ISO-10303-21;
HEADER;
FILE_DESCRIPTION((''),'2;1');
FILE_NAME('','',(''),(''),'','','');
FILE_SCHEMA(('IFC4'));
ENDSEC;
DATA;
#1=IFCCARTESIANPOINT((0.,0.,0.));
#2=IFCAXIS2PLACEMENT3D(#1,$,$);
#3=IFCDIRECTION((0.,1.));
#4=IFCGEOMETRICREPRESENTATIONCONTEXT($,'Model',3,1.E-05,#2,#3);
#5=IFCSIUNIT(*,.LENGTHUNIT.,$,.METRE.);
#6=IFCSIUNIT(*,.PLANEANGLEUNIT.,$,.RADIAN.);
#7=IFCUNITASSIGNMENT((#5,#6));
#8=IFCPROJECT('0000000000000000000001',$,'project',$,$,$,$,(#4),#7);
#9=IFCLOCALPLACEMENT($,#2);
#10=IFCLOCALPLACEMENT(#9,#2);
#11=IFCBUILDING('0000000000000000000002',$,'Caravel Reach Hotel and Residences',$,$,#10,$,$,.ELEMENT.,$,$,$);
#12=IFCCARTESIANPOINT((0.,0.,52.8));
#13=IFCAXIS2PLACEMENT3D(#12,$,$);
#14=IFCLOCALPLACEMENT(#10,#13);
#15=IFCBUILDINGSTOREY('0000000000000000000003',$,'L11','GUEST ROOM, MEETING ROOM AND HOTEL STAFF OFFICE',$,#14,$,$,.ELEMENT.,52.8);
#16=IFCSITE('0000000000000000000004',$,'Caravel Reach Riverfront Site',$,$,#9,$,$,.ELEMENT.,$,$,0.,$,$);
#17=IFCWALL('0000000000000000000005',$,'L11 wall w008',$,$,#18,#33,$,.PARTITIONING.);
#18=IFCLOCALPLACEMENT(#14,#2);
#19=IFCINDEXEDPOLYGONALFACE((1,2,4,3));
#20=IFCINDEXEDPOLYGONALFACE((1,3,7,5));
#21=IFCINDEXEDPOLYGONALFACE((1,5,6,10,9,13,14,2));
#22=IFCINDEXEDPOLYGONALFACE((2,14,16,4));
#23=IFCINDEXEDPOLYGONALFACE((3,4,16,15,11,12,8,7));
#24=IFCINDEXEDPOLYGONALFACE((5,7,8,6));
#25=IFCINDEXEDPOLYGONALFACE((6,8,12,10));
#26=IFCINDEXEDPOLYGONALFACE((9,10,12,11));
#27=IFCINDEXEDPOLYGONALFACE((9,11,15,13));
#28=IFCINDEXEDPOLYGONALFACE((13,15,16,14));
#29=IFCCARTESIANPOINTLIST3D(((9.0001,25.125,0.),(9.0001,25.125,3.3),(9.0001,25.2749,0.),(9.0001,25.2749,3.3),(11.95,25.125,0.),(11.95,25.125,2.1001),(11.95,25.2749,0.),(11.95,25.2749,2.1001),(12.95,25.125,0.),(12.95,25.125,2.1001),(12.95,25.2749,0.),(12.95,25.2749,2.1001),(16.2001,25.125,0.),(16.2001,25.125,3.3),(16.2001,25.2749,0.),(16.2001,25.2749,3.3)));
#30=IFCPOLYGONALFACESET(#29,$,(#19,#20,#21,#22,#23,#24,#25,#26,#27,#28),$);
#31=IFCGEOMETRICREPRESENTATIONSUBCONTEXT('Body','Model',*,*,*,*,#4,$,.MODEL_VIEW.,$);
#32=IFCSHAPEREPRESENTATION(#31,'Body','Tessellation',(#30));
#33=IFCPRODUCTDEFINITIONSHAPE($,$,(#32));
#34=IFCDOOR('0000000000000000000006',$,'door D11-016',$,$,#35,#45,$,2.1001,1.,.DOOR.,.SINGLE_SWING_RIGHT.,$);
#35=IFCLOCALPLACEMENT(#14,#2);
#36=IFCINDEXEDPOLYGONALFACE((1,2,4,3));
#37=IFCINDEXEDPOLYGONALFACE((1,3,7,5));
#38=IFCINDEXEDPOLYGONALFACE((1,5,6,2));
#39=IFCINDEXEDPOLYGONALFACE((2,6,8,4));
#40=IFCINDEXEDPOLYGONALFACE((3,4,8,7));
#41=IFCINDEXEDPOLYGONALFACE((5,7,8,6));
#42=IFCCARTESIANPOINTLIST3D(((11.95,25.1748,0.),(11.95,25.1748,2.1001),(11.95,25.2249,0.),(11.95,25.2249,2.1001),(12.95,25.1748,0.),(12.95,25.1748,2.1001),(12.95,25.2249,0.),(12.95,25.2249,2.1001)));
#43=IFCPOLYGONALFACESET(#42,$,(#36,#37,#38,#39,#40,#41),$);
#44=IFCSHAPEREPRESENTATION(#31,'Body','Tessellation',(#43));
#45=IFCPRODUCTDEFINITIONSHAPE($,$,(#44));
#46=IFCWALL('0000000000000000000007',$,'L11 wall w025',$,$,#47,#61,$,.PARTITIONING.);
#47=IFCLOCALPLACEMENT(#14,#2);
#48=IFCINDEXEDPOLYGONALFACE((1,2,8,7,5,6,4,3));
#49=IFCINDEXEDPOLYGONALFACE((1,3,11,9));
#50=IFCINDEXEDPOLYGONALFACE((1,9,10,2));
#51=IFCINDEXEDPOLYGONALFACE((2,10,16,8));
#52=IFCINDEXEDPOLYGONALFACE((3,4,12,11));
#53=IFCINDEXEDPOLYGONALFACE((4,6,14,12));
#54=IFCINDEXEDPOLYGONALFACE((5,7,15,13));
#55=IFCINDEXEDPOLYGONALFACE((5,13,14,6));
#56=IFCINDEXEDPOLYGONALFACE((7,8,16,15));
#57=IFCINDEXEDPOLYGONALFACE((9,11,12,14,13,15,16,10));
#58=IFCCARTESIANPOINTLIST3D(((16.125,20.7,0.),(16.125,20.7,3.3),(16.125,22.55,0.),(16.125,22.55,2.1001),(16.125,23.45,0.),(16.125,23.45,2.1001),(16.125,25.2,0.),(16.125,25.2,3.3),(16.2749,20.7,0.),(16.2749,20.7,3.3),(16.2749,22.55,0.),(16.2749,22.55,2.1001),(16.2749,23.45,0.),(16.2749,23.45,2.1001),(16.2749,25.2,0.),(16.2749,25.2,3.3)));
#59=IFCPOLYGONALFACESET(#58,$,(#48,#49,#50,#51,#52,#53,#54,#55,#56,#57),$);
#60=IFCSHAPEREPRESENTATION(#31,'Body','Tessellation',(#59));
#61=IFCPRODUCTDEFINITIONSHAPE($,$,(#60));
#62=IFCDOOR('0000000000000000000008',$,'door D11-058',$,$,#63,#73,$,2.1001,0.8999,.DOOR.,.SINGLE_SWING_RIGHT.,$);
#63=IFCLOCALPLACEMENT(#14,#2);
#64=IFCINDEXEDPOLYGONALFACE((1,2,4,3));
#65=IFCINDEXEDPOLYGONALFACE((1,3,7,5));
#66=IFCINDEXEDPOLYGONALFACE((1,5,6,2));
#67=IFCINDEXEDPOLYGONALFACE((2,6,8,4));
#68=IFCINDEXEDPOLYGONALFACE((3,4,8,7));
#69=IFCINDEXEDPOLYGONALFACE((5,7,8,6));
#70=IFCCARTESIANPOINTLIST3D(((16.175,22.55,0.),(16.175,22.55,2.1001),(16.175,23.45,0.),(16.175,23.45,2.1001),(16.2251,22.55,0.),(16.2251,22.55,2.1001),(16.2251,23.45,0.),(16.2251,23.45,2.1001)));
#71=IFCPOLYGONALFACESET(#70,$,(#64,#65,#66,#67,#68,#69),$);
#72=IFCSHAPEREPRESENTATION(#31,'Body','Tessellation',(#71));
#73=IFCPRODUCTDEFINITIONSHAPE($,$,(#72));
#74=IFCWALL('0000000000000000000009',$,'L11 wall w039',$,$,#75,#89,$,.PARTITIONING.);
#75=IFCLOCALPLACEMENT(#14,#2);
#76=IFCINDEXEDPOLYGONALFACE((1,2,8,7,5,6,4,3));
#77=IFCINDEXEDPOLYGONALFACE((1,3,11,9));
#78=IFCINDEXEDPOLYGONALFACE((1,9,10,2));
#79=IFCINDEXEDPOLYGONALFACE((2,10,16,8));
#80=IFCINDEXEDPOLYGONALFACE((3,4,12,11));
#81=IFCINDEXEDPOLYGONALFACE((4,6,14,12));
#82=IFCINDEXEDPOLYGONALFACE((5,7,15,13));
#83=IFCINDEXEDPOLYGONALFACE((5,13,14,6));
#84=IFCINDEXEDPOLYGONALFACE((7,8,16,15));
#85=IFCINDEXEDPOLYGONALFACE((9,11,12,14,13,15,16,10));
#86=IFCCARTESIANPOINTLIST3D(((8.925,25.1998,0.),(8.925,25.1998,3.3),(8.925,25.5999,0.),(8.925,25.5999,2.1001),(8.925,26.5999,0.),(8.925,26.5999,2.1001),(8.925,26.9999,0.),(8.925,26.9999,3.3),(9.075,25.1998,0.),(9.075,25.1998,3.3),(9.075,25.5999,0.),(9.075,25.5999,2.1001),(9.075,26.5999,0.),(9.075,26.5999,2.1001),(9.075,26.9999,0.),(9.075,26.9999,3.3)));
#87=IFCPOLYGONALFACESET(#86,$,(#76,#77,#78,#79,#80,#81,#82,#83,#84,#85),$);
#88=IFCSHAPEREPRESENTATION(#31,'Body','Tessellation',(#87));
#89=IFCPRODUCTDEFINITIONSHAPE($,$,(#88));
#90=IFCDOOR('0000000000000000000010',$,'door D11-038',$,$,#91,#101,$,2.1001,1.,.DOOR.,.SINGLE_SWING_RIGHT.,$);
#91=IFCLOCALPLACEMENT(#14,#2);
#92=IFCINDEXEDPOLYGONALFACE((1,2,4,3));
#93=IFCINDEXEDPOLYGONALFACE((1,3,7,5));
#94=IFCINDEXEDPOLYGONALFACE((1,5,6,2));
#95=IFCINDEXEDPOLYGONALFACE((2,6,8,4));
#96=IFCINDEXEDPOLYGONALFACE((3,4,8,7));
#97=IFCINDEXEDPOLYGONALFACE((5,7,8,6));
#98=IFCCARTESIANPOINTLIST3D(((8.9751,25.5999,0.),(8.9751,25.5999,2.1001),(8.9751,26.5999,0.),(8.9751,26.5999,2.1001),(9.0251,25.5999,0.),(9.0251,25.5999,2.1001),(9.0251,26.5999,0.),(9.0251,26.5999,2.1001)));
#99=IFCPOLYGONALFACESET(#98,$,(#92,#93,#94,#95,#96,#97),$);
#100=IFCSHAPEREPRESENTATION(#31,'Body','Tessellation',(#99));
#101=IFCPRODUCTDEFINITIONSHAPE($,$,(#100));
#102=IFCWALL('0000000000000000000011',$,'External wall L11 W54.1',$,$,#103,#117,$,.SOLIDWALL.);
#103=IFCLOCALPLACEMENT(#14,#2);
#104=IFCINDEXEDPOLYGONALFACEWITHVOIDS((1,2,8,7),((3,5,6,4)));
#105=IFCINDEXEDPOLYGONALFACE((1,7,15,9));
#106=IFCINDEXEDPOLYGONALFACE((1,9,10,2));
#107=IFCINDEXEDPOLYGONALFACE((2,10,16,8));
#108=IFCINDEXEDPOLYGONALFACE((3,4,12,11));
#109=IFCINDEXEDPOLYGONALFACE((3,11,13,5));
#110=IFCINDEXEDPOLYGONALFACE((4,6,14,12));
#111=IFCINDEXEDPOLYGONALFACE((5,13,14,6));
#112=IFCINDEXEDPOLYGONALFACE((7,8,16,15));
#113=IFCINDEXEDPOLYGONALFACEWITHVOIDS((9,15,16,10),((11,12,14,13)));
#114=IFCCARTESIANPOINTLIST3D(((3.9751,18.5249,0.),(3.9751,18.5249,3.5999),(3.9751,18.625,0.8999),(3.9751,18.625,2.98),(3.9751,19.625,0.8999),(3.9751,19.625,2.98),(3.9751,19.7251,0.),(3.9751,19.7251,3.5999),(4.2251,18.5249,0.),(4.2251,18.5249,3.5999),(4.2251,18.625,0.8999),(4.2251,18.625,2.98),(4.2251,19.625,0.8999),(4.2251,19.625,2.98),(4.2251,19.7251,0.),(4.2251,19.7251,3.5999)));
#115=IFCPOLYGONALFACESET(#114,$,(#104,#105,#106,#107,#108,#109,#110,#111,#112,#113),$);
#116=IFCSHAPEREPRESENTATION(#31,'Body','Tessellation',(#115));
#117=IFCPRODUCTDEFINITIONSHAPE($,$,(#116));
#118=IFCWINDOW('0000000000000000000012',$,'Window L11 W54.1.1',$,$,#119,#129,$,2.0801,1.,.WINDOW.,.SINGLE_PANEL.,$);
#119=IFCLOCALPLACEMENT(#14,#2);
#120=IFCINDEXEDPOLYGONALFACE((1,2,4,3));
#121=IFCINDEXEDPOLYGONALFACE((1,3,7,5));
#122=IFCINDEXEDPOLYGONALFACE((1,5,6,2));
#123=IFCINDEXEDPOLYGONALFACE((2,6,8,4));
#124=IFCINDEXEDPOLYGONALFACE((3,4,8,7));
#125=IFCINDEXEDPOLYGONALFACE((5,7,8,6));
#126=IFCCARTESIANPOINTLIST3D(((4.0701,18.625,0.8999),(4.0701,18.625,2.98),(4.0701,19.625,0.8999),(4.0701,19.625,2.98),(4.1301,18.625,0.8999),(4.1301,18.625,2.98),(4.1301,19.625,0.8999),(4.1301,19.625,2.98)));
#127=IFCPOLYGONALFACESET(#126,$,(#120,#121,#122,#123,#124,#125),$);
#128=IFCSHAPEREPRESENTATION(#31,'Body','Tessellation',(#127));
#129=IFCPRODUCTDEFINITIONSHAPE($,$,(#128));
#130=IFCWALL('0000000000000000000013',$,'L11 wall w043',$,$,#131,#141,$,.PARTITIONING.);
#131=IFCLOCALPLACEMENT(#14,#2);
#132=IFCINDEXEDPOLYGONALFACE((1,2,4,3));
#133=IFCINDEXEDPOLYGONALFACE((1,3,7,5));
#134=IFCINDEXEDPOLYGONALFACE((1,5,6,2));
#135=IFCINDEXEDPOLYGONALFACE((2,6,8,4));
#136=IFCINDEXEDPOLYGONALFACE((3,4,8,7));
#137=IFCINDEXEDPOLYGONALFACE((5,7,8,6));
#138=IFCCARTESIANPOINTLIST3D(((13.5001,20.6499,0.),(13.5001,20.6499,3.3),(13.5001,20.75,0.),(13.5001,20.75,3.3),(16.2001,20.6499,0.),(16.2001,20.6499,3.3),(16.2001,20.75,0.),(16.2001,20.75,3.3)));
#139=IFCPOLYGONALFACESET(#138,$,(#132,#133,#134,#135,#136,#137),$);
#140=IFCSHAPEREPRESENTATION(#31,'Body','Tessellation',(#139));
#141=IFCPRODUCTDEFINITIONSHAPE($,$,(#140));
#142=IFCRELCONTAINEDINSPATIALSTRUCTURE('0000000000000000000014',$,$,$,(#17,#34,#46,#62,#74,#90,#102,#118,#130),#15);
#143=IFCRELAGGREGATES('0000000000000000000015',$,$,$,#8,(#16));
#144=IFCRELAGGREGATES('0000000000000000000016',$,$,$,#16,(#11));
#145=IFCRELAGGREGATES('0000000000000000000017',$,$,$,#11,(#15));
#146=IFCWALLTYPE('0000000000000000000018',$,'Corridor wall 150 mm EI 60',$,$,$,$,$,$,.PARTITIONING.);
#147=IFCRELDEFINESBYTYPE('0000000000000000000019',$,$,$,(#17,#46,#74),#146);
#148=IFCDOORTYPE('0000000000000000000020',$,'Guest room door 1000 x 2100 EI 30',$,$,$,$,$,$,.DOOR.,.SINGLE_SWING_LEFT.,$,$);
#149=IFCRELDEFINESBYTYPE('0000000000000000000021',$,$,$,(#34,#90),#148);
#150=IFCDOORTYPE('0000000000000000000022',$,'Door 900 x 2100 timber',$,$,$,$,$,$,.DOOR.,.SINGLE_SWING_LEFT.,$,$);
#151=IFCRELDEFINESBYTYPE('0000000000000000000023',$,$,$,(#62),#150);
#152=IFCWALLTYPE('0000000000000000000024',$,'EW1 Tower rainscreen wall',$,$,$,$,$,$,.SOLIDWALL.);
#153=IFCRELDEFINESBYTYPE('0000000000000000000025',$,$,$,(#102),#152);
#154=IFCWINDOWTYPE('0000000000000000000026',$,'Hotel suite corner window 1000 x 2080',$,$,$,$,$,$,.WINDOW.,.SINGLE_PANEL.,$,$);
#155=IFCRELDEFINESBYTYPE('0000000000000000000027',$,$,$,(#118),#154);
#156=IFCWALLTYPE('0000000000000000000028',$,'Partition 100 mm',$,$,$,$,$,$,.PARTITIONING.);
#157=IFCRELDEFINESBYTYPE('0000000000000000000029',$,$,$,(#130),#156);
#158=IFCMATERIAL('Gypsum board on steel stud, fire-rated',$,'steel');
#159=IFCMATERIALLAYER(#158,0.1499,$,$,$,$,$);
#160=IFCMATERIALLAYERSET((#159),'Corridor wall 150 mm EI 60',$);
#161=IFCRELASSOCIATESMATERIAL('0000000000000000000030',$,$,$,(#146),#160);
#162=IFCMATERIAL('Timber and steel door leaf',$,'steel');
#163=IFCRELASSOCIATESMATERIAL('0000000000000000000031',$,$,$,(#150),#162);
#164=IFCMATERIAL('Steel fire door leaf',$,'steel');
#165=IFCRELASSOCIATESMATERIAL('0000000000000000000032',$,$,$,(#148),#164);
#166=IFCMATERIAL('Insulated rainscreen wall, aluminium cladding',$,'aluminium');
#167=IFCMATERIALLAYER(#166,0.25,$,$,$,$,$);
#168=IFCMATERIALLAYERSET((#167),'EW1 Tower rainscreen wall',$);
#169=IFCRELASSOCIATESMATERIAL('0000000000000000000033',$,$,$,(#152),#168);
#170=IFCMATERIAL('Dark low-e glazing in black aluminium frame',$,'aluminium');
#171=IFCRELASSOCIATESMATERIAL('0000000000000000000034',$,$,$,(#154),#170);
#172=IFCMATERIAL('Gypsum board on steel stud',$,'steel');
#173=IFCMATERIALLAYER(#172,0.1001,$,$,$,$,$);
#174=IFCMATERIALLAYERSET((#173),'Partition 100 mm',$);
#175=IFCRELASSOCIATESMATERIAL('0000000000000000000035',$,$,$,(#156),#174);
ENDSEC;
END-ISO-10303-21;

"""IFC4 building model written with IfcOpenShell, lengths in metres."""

from ifc_helpers import new_model, si_unit, direction, frame, frame_2d, origin, place, context, subcontext, project, spatial, rectangle, extrude, material, layer, layer_set, type_object, element, fill, save


model = new_model("IFC4")

# Units and contexts
model_context = context("Model", 3, precision=1e-05, world=origin(), true_north=direction((0.0, 1.0)))
body_context = subcontext(model_context, "Body", "Model", "MODEL_VIEW")
ifc_project = project(units=[si_unit("LENGTHUNIT", "METRE"), si_unit("PLANEANGLEUNIT", "RADIAN")], contexts=[model_context])

# Site, building, storey
site_placement = place(None, origin())
site = spatial("IfcSite", under=ifc_project, at=site_placement, Name="Caravel Reach Riverfront Site", CompositionType="ELEMENT", RefElevation=0.0)
building_placement = place(site_placement, origin())
building = spatial("IfcBuilding", under=site, at=building_placement, Name="Caravel Reach Hotel and Residences", CompositionType="ELEMENT")
storey_placement = place(building_placement, frame((0.0, 0.0, 52.8)))
storey = spatial("IfcBuildingStorey", under=building, at=storey_placement, Name="L11", Description="GUEST ROOM, MEETING ROOM AND HOTEL STAFF OFFICE", CompositionType="ELEMENT", Elevation=52.8)

# Shared definitions
ifc_material_1 = material(Name="Gypsum board on steel stud, fire-rated", Category="steel")
ifc_layer_1 = layer(ifc_material_1, 0.1499)
ifc_layer_set_1 = layer_set([ifc_layer_1], Name="Corridor wall 150 mm EI 60")
wall_type_1 = type_object("IfcWallType", Name="Corridor wall 150 mm EI 60", PredefinedType="PARTITIONING", material=ifc_layer_set_1)
ifc_material_2 = material(Name="Timber and steel door leaf", Category="steel")
door_type_1 = type_object("IfcDoorType", Name="Door 900 x 2100 timber", OperationType="SINGLE_SWING_LEFT", PredefinedType="DOOR", material=ifc_material_2)
ifc_material_3 = material(Name="Steel fire door leaf", Category="steel")
door_type_2 = type_object("IfcDoorType", Name="Guest room door 1000 x 2100 EI 30", OperationType="SINGLE_SWING_LEFT", PredefinedType="DOOR", material=ifc_material_3)

# Walls, openings, doors
wall_1_placement = place(storey_placement, frame((9.0, 25.2, 0.0), z_axis=(0.0, 0.0, 1.0), x_axis=(1.0, 0.0, 0.0)))
wall_1 = element("IfcWall", 1, at=wall_1_placement, inside=storey, type_object=wall_type_1, Name="L11 wall w008", PredefinedType="PARTITIONING", context=body_context, shape_type="SweptSolid", body=[
    extrude(rectangle(XDim=7.2, YDim=0.1499, at=frame_2d((3.6001, 0.0))), origin(), (0.0, 0.0, 1.0), 3.3),
])
opening_1_placement = place(wall_1_placement, frame((2.95, 0.0, 0.0)))
opening_1 = element("IfcOpeningElement", 2, at=opening_1_placement, cuts=wall_1, PredefinedType="OPENING", context=body_context, shape_type="SweptSolid", body=[
    extrude(rectangle(XDim=1.0, YDim=2.1001, at=frame_2d((0.5, 1.05))), frame((0.0, 0.085, 0.0), z_axis=(0.0, -1.0, 0.0), x_axis=(1.0, 0.0, 0.0)), (0.0, 0.0, 1.0), 0.1699),
])
door_1_placement = place(opening_1_placement, origin())
door_1 = element("IfcDoor", 3, at=door_1_placement, inside=storey, type_object=door_type_2, Name="door D11-016", OperationType="SINGLE_SWING_RIGHT", OverallHeight=2.1001, OverallWidth=1.0, PredefinedType="DOOR", context=body_context, shape_type="SweptSolid", body=[
    extrude(rectangle(XDim=1.0, YDim=2.1001, at=frame_2d((0.5, 1.05))), frame((0.0, 0.0249, 0.0), z_axis=(0.0, -1.0, 0.0), x_axis=(1.0, 0.0, 0.0)), (0.0, 0.0, 1.0), 0.05),
])
fill(opening_1, door_1)
wall_2_placement = place(storey_placement, frame((16.2, 20.7, 0.0), z_axis=(0.0, 0.0, 1.0), x_axis=(0.0, 1.0, 0.0)))
wall_2 = element("IfcWall", 4, at=wall_2_placement, inside=storey, type_object=wall_type_1, Name="L11 wall w025", PredefinedType="PARTITIONING", context=body_context, shape_type="SweptSolid", body=[
    extrude(rectangle(XDim=4.5, YDim=0.1499, at=frame_2d((2.25, 0.0))), origin(), (0.0, 0.0, 1.0), 3.3),
])
opening_2_placement = place(wall_2_placement, frame((1.8501, 0.0, 0.0)))
opening_2 = element("IfcOpeningElement", 5, at=opening_2_placement, cuts=wall_2, PredefinedType="OPENING", context=body_context, shape_type="SweptSolid", body=[
    extrude(rectangle(XDim=0.8999, YDim=2.1001, at=frame_2d((0.45, 1.05))), frame((0.0, 0.085, 0.0), z_axis=(0.0, -1.0, 0.0), x_axis=(1.0, 0.0, 0.0)), (0.0, 0.0, 1.0), 0.1699),
])
door_2_placement = place(opening_2_placement, origin())
door_2 = element("IfcDoor", 6, at=door_2_placement, inside=storey, type_object=door_type_1, Name="door D11-058", OperationType="SINGLE_SWING_RIGHT", OverallHeight=2.1001, OverallWidth=0.8999, PredefinedType="DOOR", context=body_context, shape_type="SweptSolid", body=[
    extrude(rectangle(XDim=0.8999, YDim=2.1001, at=frame_2d((0.45, 1.05))), frame((0.0, 0.0249, 0.0), z_axis=(0.0, -1.0, 0.0), x_axis=(1.0, 0.0, 0.0)), (0.0, 0.0, 1.0), 0.05),
])
fill(opening_2, door_2)
wall_3_placement = place(storey_placement, frame((9.0, 25.2, 0.0), z_axis=(0.0, 0.0, 1.0), x_axis=(0.0, 1.0, 0.0)))
wall_3 = element("IfcWall", 7, at=wall_3_placement, inside=storey, type_object=wall_type_1, Name="L11 wall w039", PredefinedType="PARTITIONING", context=body_context, shape_type="SweptSolid", body=[
    extrude(rectangle(XDim=1.8, YDim=0.1499, at=frame_2d((0.8999, 0.0))), origin(), (0.0, 0.0, 1.0), 3.3),
])
opening_3_placement = place(wall_3_placement, frame((0.3999, 0.0, 0.0)))
opening_3 = element("IfcOpeningElement", 8, at=opening_3_placement, cuts=wall_3, PredefinedType="OPENING", context=body_context, shape_type="SweptSolid", body=[
    extrude(rectangle(XDim=1.0, YDim=2.1001, at=frame_2d((0.5, 1.05))), frame((0.0, 0.085, 0.0), z_axis=(0.0, -1.0, 0.0), x_axis=(1.0, 0.0, 0.0)), (0.0, 0.0, 1.0), 0.1699),
])
door_3_placement = place(opening_3_placement, origin())
door_3 = element("IfcDoor", 9, at=door_3_placement, inside=storey, type_object=door_type_2, Name="door D11-038", OperationType="SINGLE_SWING_RIGHT", OverallHeight=2.1001, OverallWidth=1.0, PredefinedType="DOOR", context=body_context, shape_type="SweptSolid", body=[
    extrude(rectangle(XDim=1.0, YDim=2.1001, at=frame_2d((0.5, 1.05))), frame((0.0, 0.0249, 0.0), z_axis=(0.0, -1.0, 0.0), x_axis=(1.0, 0.0, 0.0)), (0.0, 0.0, 1.0), 0.05),
])
fill(opening_3, door_3)

# Wall, opening, window
ifc_material_4 = material(Name="Insulated rainscreen wall, aluminium cladding", Category="aluminium")
ifc_layer_2 = layer(ifc_material_4, 0.25)
ifc_layer_set_2 = layer_set([ifc_layer_2], Name="EW1 Tower rainscreen wall")
wall_type_2 = type_object("IfcWallType", Name="EW1 Tower rainscreen wall", PredefinedType="SOLIDWALL", material=ifc_layer_set_2)
wall_4_placement = place(storey_placement, frame((4.1001, 19.7251, 0.0), z_axis=(0.0, 0.0, 1.0), x_axis=(0.0, -1.0, 0.0)))
wall_4 = element("IfcWall", 10, at=wall_4_placement, inside=storey, type_object=wall_type_2, Name="External wall L11 W54.1", PredefinedType="SOLIDWALL", context=body_context, shape_type="SweptSolid", body=[
    extrude(rectangle(XDim=1.2002, YDim=0.25, at=frame_2d((0.6001, 0.0))), origin(), (0.0, 0.0, 1.0), 3.5999),
])
opening_4_placement = place(wall_4_placement, frame((0.1001, 0.0, 0.8999)))
opening_4 = element("IfcOpeningElement", 11, at=opening_4_placement, cuts=wall_4, PredefinedType="OPENING", context=body_context, shape_type="SweptSolid", body=[
    extrude(rectangle(XDim=1.0, YDim=2.0801, at=frame_2d((0.5, 1.04))), frame((0.0, 0.135, 0.0), z_axis=(0.0, -1.0, 0.0), x_axis=(1.0, 0.0, 0.0)), (0.0, 0.0, 1.0), 0.27),
])
ifc_material_5 = material(Name="Dark low-e glazing in black aluminium frame", Category="aluminium")
window_type = type_object("IfcWindowType", Name="Hotel suite corner window 1000 x 2080", PartitioningType="SINGLE_PANEL", PredefinedType="WINDOW", material=ifc_material_5)
window_placement = place(opening_4_placement, origin())
window = element("IfcWindow", 12, at=window_placement, inside=storey, type_object=window_type, Name="Window L11 W54.1.1", OverallHeight=2.0801, OverallWidth=1.0, PartitioningType="SINGLE_PANEL", PredefinedType="WINDOW", context=body_context, shape_type="SweptSolid", body=[
    extrude(rectangle(XDim=1.0, YDim=2.0801, at=frame_2d((0.5, 1.04))), frame((0.0, 0.03, 0.0), z_axis=(0.0, -1.0, 0.0), x_axis=(1.0, 0.0, 0.0)), (0.0, 0.0, 1.0), 0.0601),
])
fill(opening_4, window)

# Wall
ifc_material_6 = material(Name="Gypsum board on steel stud", Category="steel")
ifc_layer_3 = layer(ifc_material_6, 0.1001)
ifc_layer_set_3 = layer_set([ifc_layer_3], Name="Partition 100 mm")
wall_type_3 = type_object("IfcWallType", Name="Partition 100 mm", PredefinedType="PARTITIONING", material=ifc_layer_set_3)
wall_5_placement = place(storey_placement, frame((13.5, 20.7, 0.0), z_axis=(0.0, 0.0, 1.0), x_axis=(1.0, 0.0, 0.0)))
element("IfcWall", 13, at=wall_5_placement, inside=storey, type_object=wall_type_3, Name="L11 wall w043", PredefinedType="PARTITIONING", context=body_context, shape_type="SweptSolid", body=[
    extrude(rectangle(XDim=2.7, YDim=0.1001, at=frame_2d((1.3501, 0.0))), origin(), (0.0, 0.0, 1.0), 3.3),
])

save(model, "model.ifc")
